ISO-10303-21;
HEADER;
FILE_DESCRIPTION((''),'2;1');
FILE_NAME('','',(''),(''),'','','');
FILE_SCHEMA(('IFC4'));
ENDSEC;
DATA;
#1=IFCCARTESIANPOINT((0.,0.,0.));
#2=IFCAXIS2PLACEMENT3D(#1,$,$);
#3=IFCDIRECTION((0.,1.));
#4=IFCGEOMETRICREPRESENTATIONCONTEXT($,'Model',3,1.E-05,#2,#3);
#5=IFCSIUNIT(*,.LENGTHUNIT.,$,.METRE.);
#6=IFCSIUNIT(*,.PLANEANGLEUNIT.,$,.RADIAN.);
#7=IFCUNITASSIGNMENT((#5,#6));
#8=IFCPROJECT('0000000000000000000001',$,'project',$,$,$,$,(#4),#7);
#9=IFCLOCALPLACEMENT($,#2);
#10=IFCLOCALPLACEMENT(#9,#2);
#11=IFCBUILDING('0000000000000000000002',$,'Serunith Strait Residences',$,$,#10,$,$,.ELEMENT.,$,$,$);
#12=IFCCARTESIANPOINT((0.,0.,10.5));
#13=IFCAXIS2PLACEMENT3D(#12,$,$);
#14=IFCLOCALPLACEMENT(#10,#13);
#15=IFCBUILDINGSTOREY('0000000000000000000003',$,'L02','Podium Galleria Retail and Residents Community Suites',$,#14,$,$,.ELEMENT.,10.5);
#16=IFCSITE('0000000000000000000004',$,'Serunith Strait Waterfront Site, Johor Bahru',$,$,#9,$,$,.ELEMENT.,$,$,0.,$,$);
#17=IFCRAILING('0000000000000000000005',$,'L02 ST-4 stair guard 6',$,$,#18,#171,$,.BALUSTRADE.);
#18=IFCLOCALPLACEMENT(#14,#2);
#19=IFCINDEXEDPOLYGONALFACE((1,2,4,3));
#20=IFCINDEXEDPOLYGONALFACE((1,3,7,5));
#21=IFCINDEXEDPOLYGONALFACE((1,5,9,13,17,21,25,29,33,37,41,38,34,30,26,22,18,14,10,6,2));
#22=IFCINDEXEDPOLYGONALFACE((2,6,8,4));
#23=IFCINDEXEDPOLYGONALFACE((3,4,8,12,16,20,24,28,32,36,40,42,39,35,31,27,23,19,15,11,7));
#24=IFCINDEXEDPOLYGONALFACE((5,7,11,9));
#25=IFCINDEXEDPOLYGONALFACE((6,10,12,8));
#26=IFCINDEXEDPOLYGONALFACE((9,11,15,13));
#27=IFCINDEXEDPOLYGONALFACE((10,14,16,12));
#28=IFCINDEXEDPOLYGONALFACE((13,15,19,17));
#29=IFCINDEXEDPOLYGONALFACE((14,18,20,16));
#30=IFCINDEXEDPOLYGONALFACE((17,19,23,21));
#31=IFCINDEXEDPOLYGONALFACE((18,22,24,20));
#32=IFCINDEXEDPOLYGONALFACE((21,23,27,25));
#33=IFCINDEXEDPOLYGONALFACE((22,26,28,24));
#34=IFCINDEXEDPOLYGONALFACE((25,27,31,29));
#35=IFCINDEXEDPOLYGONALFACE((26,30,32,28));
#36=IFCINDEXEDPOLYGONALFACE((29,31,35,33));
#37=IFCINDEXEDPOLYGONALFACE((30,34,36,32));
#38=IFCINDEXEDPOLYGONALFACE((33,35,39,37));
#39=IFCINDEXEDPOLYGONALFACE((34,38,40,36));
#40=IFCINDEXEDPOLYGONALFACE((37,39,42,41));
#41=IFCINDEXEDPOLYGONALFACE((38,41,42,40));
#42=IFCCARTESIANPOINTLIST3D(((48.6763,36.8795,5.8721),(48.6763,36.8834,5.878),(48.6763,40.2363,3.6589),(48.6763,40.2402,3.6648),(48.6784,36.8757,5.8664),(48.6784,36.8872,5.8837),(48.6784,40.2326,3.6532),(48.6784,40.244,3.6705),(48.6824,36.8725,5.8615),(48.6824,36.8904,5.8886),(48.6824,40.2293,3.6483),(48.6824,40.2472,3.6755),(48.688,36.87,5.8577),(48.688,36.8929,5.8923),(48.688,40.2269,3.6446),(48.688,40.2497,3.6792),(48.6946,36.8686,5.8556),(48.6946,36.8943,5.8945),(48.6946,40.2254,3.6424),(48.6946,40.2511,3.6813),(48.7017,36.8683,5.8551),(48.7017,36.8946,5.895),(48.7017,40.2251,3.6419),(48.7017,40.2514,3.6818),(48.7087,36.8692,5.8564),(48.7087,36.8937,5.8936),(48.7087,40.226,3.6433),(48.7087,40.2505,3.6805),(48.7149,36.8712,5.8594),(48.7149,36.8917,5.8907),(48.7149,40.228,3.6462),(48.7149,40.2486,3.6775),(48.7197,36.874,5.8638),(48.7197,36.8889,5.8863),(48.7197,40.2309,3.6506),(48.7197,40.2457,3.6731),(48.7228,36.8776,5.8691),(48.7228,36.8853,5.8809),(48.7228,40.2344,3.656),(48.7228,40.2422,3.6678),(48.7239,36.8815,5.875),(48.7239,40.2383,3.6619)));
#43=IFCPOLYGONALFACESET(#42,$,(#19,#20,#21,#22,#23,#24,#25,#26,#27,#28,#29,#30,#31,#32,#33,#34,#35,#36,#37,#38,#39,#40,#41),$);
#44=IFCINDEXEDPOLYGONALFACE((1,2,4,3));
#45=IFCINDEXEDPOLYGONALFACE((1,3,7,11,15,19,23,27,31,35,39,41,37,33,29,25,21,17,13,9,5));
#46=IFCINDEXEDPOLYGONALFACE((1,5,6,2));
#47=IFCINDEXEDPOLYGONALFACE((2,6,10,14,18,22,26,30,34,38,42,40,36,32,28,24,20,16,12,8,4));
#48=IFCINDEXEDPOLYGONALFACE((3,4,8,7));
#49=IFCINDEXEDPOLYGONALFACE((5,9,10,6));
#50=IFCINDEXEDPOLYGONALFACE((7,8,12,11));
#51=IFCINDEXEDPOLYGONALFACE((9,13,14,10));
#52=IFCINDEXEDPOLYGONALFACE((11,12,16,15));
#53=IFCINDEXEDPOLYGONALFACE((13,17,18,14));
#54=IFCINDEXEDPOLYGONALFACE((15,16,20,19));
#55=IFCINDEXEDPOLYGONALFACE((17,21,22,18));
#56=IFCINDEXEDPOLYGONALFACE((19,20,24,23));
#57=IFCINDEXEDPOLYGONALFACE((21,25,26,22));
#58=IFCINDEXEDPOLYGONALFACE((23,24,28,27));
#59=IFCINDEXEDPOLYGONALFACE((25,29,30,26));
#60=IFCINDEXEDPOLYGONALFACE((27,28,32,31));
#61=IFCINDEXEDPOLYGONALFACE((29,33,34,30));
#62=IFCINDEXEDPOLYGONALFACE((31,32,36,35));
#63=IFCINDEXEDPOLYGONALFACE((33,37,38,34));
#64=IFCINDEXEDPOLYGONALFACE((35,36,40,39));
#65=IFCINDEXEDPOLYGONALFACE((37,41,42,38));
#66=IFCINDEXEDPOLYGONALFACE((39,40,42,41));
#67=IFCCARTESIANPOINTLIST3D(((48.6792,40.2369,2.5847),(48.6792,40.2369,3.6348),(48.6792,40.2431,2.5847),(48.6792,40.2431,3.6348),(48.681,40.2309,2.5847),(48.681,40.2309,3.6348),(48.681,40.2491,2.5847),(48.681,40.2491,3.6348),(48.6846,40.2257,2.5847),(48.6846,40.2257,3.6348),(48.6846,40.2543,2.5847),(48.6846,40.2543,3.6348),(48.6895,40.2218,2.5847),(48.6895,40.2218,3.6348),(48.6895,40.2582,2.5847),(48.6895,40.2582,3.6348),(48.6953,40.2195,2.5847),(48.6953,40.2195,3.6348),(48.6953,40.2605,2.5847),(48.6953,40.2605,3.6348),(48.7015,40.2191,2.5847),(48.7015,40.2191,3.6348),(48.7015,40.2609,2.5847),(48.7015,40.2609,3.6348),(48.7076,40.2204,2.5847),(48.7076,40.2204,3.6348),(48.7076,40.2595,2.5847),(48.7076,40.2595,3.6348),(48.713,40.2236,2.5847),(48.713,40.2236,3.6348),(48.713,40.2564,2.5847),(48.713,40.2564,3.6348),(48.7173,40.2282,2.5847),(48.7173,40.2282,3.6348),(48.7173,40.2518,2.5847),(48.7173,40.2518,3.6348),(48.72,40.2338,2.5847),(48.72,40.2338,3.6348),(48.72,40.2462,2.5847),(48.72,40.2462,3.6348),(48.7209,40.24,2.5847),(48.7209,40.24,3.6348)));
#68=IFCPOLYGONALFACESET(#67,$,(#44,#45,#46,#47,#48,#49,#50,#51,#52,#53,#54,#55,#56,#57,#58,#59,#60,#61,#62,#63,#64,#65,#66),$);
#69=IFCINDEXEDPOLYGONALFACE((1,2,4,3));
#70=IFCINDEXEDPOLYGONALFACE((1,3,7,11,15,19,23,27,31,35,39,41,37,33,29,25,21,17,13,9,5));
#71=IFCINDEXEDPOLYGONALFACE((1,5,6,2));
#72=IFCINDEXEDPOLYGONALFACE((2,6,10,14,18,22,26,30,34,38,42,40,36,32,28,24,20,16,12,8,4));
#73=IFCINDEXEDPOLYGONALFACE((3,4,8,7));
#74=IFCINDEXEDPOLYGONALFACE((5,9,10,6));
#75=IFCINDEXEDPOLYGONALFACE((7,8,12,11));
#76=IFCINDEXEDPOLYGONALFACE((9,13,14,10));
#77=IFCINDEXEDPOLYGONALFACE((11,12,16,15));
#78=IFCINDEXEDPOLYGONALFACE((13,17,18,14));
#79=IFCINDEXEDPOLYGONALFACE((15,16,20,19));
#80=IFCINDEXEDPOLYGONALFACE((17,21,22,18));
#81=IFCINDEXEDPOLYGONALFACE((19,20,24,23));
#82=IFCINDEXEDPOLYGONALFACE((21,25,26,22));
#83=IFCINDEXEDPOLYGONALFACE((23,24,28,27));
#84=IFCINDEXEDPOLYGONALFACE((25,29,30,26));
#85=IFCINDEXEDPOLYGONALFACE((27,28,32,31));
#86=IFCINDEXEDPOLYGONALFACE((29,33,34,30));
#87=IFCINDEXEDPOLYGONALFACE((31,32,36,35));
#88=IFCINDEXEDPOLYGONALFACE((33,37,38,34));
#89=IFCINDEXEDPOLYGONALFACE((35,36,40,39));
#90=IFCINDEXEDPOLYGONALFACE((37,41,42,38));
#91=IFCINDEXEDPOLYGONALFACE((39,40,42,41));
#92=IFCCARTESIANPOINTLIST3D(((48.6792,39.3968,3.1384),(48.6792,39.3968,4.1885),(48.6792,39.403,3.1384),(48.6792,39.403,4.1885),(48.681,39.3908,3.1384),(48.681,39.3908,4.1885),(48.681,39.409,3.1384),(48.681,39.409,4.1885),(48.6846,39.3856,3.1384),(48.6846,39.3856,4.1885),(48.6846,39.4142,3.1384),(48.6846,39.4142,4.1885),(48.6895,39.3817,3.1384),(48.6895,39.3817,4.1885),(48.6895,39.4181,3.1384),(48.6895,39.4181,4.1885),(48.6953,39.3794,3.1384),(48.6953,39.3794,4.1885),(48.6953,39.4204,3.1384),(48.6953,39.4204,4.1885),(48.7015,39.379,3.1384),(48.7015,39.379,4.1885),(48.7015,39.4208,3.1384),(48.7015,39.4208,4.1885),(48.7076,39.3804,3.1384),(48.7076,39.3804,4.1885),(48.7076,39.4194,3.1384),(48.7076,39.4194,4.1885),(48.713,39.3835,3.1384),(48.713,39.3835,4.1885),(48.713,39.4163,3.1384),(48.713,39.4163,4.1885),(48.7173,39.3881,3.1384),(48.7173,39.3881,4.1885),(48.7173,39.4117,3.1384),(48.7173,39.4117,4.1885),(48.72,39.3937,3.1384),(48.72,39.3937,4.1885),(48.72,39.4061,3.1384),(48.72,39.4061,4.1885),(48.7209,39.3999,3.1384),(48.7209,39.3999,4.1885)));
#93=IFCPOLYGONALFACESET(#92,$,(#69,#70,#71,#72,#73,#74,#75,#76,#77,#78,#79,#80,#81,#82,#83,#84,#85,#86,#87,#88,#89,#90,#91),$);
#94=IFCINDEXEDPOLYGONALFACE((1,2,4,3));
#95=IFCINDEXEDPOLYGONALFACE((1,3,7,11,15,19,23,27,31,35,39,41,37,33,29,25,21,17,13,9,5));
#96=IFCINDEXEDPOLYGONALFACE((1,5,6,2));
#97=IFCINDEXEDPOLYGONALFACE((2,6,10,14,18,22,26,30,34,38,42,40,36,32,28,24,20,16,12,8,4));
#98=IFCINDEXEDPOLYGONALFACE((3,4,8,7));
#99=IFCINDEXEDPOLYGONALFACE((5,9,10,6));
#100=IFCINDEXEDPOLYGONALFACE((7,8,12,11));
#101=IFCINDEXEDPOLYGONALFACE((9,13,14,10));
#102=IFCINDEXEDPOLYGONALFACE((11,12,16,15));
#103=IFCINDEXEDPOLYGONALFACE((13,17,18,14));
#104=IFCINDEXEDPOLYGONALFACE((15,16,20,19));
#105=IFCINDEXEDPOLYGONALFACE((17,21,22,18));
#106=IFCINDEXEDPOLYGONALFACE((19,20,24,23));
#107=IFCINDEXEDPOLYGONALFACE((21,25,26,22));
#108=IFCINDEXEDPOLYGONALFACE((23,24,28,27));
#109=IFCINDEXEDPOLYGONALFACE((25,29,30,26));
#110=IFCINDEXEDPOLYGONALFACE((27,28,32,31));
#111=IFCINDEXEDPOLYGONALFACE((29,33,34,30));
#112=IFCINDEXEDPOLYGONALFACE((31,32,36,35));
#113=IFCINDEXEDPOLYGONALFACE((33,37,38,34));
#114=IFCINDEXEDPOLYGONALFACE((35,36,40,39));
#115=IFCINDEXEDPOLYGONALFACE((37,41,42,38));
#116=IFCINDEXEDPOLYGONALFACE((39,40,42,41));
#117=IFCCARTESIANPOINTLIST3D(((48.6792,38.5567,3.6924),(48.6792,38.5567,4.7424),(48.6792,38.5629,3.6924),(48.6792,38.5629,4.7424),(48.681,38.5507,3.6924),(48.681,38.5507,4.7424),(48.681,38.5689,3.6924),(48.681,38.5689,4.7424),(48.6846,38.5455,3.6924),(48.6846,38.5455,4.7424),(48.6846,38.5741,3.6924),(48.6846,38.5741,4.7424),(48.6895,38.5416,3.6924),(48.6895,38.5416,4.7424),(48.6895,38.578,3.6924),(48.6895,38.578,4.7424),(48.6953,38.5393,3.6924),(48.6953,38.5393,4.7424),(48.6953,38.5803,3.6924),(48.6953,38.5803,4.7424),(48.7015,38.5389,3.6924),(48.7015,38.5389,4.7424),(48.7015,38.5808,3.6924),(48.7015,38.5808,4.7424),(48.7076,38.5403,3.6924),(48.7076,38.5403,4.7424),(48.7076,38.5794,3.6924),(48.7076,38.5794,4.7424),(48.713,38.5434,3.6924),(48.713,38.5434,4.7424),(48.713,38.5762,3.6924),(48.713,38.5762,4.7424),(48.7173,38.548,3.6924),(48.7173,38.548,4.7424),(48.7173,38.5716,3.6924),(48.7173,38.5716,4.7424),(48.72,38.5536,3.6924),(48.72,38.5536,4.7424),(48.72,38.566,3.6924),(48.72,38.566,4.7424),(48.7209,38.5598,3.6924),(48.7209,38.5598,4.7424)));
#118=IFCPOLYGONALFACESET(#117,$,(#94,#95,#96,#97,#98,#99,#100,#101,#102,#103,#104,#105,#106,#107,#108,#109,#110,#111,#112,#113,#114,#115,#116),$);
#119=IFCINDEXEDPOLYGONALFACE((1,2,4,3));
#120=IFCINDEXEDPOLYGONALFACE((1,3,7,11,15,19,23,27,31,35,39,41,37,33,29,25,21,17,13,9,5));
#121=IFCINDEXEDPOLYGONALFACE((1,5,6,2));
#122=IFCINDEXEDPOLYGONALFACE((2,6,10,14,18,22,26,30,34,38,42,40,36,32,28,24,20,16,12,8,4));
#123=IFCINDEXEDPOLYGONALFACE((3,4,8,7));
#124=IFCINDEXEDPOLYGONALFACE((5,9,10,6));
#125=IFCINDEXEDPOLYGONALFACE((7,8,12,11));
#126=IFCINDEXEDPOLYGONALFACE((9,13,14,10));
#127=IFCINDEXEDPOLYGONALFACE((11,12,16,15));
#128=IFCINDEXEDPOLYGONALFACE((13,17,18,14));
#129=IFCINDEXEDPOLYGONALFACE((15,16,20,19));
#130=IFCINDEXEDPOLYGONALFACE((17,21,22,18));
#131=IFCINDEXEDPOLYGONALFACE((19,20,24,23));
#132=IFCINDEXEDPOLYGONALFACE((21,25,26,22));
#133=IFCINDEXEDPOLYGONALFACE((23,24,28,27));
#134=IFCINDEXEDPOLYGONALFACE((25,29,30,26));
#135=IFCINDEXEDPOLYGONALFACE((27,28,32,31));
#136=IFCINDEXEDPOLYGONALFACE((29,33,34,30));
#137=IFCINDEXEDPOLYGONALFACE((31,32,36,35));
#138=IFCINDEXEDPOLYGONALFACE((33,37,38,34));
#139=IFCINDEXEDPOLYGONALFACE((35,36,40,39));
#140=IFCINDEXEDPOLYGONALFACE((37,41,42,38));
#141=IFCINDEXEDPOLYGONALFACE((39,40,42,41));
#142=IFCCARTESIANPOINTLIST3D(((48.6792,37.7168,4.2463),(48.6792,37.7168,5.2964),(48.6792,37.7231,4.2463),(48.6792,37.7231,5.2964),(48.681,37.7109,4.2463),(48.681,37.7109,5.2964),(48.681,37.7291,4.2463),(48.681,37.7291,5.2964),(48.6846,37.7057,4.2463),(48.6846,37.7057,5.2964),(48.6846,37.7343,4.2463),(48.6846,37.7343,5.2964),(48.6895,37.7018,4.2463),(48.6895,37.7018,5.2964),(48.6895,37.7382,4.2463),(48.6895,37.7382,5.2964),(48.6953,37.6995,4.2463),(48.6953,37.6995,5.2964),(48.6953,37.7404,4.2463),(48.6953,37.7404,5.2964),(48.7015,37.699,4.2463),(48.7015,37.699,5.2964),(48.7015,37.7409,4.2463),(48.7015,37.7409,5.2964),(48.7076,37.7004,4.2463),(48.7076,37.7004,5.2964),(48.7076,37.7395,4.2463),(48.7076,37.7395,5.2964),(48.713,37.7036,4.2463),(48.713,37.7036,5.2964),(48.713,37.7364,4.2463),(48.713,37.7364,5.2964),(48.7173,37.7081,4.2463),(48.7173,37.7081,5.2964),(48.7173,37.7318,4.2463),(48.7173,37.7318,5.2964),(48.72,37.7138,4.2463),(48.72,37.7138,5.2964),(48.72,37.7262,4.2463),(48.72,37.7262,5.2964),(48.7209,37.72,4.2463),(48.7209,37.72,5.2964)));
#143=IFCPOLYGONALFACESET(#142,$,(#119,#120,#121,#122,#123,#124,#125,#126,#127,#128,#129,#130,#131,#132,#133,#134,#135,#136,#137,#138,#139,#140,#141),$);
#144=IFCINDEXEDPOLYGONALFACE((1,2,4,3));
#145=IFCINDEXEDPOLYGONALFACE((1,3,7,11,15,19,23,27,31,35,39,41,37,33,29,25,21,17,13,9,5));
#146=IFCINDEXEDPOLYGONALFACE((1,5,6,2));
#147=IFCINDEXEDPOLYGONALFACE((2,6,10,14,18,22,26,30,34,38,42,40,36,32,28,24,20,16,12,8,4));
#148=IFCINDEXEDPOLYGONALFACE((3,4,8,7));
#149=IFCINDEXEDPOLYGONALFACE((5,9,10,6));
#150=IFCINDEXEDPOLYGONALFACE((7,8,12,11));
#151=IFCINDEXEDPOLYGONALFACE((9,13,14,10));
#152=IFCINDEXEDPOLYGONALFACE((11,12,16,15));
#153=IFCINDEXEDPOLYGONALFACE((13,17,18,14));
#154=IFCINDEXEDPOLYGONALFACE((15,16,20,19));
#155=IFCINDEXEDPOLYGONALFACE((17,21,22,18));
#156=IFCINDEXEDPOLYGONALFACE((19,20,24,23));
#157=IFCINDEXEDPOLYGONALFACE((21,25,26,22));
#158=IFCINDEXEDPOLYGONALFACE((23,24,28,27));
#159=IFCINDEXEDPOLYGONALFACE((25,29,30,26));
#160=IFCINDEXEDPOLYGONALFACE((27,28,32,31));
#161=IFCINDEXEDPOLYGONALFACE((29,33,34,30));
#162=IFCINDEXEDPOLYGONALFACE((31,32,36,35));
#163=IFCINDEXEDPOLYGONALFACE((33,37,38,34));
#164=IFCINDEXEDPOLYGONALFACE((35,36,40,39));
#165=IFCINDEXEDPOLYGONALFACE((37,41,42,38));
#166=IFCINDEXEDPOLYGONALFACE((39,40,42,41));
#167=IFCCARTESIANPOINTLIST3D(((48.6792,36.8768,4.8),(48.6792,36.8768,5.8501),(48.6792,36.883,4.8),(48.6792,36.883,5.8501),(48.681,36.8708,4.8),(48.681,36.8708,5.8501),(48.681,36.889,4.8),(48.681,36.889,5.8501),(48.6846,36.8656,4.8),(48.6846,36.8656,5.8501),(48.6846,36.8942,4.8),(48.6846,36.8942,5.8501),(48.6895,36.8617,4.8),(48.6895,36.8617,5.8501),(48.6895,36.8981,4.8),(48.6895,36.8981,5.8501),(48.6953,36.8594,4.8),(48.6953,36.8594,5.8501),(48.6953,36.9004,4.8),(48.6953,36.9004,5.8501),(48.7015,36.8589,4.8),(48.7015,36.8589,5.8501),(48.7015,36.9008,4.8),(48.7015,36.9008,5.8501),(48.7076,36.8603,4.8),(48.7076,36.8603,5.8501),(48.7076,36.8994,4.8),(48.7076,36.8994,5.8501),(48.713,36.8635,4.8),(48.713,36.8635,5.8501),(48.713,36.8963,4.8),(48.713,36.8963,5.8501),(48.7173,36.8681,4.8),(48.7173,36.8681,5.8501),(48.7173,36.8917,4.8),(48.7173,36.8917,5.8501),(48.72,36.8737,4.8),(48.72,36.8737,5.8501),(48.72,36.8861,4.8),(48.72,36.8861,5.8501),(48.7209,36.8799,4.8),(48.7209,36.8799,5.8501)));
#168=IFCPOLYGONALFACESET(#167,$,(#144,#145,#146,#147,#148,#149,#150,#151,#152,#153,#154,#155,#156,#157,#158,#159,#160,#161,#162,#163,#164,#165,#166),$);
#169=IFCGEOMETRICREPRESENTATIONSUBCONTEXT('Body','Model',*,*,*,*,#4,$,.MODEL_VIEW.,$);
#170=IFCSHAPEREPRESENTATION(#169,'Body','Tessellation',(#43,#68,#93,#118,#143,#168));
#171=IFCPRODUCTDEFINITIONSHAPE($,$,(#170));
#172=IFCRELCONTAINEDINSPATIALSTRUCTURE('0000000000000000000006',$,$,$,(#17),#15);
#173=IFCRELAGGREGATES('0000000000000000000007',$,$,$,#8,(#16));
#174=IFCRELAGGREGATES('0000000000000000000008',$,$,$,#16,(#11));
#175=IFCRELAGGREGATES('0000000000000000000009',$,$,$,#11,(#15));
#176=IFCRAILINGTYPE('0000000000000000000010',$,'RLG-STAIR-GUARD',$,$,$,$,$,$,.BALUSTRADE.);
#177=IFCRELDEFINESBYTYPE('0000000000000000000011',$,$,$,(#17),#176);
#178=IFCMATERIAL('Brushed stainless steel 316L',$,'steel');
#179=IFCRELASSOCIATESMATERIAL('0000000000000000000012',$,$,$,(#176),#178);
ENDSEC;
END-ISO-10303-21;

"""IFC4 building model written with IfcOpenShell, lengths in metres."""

from ifc_helpers import new_model, si_unit, direction, frame, origin, origin_2d, place, context, subcontext, project, spatial, circle, extrude, material, type_object, element, save


model = new_model("IFC4")

# Units and contexts
model_context = context("Model", 3, precision=1e-05, world=origin(), true_north=direction((0.0, 1.0)))
body_context = subcontext(model_context, "Body", "Model", "MODEL_VIEW")
ifc_project = project(units=[si_unit("LENGTHUNIT", "METRE"), si_unit("PLANEANGLEUNIT", "RADIAN")], contexts=[model_context])

# Site, building, storey
site_placement = place(None, origin())
site = spatial("IfcSite", under=ifc_project, at=site_placement, Name="Serunith Strait Waterfront Site, Johor Bahru", CompositionType="ELEMENT", RefElevation=0.0)
building_placement = place(site_placement, origin())
building = spatial("IfcBuilding", under=site, at=building_placement, Name="Serunith Strait Residences", CompositionType="ELEMENT")
storey_placement = place(building_placement, frame((0.0, 0.0, 10.5)))
storey = spatial("IfcBuildingStorey", under=building, at=storey_placement, Name="L02", Description="Podium Galleria Retail and Residents Community Suites", CompositionType="ELEMENT", Elevation=10.5)

# Railing
ifc_material_1 = material(Name="Brushed stainless steel 316L", Category="steel")
railing_type_1 = type_object("IfcRailingType", Name="RLG-STAIR-GUARD", PredefinedType="BALUSTRADE", material=ifc_material_1)
railing_1_placement = place(storey_placement, frame((48.7, 40.24, 2.5847)))
element("IfcRailing", 1, at=railing_1_placement, inside=storey, type_object=railing_type_1, Name="L02 ST-4 stair guard 6", PredefinedType="BALUSTRADE", context=body_context, shape_type="SweptSolid", body=[
    extrude(circle(Radius=0.0239, at=origin_2d()), frame((0.0, -0.0017, 1.0771), z_axis=(0.0, -0.834876, 0.550437), x_axis=(1.0, 0.0, 0.0)), (0.0, 0.0, 1.0), 4.0208),
    extrude(circle(Radius=0.021, at=origin_2d()), origin(), (0.0, 0.0, 1.0), 1.05),
    extrude(circle(Radius=0.021, at=origin_2d()), frame((0.0, -0.8401, 0.5537)), (0.0, 0.0, 1.0), 1.05),
    extrude(circle(Radius=0.021, at=origin_2d()), frame((0.0, -1.6802, 1.1077)), (0.0, 0.0, 1.0), 1.05),
    extrude(circle(Radius=0.021, at=origin_2d()), frame((0.0, -2.52, 1.6616)), (0.0, 0.0, 1.0), 1.05),
    extrude(circle(Radius=0.021, at=origin_2d()), frame((0.0, -3.3601, 2.2153)), (0.0, 0.0, 1.0), 1.05),
])

save(model, "model.ifc")
